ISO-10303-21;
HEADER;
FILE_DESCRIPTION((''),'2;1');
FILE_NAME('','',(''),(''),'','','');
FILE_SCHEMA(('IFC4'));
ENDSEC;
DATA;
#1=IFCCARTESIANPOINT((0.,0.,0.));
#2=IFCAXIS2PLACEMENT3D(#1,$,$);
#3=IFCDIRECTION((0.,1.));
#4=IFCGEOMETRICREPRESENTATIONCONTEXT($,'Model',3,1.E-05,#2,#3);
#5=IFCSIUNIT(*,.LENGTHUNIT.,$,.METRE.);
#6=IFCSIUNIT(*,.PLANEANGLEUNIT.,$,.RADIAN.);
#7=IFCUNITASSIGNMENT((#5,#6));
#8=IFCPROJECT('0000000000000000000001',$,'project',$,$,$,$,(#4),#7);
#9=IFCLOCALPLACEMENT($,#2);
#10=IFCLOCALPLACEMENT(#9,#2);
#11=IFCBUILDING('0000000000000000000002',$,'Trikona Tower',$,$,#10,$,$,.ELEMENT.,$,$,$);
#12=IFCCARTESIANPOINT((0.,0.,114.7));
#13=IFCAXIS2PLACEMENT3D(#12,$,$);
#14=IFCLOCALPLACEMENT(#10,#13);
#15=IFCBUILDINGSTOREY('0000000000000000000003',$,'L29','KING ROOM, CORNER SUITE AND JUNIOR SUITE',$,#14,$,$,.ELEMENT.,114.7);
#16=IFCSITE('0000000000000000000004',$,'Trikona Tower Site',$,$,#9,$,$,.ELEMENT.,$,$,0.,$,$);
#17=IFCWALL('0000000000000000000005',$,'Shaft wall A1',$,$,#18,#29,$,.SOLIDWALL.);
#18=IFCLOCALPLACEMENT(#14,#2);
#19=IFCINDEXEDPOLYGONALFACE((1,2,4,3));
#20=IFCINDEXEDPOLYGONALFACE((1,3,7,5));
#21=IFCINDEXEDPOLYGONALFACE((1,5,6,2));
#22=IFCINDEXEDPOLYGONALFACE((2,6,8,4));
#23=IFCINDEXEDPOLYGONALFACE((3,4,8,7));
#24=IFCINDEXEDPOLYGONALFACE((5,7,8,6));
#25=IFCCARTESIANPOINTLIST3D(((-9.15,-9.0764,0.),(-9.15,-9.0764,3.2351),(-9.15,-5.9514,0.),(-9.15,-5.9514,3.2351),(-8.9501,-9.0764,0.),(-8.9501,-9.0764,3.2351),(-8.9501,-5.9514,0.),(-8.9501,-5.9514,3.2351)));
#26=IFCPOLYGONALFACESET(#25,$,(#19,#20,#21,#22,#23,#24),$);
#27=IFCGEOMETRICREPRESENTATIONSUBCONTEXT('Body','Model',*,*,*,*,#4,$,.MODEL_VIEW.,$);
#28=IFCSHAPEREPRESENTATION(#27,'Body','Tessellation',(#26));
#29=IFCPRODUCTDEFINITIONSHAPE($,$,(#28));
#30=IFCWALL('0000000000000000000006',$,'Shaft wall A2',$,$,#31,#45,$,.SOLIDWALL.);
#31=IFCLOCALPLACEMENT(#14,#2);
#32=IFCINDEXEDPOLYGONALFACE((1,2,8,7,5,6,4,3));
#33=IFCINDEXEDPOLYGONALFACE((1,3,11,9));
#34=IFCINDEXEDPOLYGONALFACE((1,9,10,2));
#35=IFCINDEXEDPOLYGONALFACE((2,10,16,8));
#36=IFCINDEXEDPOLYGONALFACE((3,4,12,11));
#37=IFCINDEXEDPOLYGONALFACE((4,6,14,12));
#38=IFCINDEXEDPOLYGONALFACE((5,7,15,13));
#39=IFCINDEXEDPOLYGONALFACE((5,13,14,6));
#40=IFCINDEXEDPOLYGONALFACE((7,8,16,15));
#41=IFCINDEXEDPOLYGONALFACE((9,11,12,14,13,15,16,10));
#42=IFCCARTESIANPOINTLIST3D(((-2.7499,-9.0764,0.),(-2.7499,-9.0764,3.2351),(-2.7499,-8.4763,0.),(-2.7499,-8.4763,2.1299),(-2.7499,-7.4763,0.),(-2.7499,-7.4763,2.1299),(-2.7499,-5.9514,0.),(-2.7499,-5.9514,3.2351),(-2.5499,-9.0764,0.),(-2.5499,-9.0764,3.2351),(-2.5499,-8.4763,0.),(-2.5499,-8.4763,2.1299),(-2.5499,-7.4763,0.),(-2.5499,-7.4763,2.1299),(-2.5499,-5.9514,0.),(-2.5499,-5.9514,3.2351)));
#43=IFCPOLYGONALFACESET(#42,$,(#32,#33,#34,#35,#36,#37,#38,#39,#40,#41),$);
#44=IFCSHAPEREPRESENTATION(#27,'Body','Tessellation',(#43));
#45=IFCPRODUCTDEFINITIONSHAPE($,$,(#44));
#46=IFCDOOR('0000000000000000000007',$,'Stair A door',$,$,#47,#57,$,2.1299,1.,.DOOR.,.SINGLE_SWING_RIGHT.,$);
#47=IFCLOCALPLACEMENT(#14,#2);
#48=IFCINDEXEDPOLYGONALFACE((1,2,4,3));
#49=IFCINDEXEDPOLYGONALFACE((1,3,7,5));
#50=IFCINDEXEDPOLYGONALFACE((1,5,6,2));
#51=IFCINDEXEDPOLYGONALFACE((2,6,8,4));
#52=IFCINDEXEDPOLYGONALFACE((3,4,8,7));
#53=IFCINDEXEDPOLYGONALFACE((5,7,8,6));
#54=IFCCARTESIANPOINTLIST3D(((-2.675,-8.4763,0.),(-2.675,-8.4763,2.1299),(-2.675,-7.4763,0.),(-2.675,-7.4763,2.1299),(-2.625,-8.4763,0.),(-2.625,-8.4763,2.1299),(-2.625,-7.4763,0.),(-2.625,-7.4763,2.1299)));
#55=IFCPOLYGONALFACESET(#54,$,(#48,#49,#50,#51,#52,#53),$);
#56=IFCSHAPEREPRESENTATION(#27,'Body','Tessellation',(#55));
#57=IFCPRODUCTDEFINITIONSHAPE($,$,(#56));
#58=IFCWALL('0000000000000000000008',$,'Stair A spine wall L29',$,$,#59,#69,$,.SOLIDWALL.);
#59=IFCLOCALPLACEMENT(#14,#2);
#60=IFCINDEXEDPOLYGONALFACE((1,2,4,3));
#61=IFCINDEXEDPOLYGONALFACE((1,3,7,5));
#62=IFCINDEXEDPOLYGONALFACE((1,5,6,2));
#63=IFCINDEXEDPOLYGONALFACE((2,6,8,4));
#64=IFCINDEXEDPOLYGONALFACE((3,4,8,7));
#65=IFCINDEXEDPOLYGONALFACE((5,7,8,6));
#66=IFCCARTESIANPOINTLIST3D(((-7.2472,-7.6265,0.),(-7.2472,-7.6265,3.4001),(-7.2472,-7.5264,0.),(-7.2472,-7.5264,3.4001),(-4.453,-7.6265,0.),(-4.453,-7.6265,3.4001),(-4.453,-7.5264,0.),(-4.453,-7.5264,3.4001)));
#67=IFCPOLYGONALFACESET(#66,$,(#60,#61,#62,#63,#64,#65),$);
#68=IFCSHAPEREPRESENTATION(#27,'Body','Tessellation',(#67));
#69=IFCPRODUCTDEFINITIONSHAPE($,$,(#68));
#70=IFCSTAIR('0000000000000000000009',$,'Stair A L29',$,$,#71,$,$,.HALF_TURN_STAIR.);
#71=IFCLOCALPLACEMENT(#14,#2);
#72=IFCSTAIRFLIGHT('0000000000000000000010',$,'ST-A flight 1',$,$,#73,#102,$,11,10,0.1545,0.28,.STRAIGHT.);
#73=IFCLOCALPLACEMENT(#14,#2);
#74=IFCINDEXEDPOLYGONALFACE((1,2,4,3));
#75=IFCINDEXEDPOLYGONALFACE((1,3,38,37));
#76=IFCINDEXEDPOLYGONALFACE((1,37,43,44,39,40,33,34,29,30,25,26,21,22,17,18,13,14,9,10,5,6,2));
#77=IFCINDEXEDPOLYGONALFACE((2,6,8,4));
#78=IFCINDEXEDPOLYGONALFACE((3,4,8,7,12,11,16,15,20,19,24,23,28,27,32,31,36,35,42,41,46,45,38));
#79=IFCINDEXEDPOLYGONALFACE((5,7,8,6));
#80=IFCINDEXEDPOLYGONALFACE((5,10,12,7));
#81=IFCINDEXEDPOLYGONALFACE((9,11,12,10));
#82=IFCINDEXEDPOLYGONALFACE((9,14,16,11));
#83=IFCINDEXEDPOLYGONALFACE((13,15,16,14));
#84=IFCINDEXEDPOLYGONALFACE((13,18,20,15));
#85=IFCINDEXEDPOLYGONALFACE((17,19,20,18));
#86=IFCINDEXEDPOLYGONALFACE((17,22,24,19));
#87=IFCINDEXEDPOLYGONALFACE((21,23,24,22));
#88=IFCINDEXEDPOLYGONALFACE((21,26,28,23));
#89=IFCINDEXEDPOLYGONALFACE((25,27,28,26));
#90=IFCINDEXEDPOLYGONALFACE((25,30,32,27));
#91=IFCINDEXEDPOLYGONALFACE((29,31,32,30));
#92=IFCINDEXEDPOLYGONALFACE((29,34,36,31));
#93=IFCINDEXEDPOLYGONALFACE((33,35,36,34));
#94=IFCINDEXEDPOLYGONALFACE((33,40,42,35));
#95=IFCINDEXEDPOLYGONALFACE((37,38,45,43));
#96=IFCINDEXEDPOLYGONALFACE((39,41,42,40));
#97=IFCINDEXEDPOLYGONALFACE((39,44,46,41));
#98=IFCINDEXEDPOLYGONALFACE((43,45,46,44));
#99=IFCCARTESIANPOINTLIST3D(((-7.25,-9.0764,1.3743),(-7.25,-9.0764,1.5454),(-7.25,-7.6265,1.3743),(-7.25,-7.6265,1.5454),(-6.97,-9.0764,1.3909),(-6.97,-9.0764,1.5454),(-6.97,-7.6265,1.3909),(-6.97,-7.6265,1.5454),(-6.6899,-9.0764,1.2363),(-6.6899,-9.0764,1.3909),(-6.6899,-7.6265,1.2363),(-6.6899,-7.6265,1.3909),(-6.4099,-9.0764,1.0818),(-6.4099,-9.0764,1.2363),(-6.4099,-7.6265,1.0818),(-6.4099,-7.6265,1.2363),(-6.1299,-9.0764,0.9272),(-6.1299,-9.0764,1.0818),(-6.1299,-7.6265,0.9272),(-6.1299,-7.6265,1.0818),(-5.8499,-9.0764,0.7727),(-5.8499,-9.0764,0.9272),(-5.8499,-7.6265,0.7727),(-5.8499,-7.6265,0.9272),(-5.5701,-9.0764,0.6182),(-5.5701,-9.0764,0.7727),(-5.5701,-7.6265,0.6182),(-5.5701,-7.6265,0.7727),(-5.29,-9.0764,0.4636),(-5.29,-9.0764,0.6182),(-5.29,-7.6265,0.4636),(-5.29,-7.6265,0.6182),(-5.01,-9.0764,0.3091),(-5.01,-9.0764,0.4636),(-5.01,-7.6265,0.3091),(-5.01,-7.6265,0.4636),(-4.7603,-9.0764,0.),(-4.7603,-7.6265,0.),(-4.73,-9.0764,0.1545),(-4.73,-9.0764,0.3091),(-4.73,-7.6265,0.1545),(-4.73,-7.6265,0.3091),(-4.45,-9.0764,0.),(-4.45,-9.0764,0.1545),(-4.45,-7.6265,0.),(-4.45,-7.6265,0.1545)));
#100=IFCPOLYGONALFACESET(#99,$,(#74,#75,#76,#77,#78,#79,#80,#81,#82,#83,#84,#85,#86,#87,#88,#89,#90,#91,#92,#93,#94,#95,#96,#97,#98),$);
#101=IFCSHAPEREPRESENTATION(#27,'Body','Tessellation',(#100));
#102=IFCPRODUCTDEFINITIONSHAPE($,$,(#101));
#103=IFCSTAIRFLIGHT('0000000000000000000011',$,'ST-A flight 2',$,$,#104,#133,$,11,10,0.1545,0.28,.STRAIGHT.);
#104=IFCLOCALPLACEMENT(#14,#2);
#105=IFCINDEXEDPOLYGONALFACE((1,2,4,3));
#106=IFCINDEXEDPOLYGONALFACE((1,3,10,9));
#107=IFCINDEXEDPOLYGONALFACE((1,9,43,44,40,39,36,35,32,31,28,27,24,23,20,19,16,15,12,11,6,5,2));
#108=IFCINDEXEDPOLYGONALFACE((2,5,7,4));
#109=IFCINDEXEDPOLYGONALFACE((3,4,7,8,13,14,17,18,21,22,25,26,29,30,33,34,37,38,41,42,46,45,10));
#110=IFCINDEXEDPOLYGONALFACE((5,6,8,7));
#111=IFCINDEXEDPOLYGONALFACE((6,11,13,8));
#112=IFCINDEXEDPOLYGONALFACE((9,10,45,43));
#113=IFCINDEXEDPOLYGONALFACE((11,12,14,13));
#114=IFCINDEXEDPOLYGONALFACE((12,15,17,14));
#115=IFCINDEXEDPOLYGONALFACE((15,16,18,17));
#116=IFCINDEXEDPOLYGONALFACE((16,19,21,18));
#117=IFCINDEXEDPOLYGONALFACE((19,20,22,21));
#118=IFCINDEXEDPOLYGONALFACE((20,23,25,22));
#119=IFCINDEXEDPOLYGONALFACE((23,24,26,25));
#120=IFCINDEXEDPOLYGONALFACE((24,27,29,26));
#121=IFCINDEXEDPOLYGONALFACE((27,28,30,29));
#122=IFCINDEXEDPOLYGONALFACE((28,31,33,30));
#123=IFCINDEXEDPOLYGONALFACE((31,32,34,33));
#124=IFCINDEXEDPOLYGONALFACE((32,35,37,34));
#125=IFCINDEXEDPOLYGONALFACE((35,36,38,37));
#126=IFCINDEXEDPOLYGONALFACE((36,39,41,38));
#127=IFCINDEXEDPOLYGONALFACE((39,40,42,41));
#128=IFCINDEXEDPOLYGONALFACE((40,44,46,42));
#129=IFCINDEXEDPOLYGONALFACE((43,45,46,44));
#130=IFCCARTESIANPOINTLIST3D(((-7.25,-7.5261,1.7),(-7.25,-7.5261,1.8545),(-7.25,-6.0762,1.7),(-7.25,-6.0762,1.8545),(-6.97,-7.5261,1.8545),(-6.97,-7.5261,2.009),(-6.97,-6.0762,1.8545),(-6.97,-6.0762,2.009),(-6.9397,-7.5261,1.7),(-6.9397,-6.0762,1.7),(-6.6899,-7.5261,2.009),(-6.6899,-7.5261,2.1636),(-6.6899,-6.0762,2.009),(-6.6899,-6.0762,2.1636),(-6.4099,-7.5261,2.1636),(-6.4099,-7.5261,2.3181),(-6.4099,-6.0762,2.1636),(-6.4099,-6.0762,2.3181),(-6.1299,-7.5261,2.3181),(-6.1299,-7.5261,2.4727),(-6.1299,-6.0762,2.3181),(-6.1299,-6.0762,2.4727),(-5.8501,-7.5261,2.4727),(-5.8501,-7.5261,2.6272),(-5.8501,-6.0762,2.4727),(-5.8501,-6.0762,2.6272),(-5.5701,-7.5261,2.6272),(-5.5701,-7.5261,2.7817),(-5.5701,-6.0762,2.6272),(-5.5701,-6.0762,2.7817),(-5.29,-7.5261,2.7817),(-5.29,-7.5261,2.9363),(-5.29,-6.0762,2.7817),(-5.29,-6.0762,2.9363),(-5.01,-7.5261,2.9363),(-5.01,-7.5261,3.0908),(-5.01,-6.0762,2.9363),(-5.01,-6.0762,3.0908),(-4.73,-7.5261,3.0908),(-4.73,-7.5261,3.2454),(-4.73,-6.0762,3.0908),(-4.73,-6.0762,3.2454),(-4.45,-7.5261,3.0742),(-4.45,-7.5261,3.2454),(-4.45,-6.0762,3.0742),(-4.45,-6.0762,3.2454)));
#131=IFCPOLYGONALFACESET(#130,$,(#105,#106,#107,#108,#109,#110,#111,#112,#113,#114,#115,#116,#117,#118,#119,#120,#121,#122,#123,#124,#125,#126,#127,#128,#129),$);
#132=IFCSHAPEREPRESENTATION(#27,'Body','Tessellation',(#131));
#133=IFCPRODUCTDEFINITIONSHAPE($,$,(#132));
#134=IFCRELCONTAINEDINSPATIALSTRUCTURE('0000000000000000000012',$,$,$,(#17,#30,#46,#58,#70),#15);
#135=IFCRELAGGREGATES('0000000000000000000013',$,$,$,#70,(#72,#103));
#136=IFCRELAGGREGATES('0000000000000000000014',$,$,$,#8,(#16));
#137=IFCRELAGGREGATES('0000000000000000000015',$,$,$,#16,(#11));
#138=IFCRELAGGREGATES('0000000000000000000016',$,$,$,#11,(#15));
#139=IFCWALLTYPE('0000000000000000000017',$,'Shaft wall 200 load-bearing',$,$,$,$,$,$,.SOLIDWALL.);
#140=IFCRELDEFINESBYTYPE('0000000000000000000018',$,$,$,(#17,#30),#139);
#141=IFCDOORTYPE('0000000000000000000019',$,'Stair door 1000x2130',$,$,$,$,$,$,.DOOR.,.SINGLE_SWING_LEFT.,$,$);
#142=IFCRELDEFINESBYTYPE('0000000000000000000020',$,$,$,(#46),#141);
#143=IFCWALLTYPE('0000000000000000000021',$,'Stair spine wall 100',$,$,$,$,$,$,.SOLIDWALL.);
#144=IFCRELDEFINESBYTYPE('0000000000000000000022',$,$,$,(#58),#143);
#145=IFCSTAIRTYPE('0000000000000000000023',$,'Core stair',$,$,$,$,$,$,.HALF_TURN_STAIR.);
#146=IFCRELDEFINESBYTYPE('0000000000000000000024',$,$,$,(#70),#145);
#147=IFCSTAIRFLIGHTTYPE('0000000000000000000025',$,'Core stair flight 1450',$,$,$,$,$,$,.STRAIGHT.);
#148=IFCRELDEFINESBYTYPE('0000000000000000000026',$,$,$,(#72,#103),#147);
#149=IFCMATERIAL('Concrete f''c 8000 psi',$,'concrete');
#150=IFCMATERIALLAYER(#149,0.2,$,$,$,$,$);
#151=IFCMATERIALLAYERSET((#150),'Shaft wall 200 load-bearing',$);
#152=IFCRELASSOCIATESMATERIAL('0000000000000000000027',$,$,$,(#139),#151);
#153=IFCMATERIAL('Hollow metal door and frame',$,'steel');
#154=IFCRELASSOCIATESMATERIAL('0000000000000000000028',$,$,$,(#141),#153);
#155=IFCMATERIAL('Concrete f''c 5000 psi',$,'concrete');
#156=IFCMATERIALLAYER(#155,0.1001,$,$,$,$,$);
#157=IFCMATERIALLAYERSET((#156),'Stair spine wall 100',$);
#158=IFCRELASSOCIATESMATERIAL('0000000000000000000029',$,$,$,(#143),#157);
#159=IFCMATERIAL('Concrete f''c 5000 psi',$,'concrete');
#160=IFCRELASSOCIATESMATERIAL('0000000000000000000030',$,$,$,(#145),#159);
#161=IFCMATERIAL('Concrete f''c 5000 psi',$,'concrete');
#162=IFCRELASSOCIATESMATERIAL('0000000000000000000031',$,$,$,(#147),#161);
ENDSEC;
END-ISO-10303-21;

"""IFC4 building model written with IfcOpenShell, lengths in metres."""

from ifc_helpers import new_model, si_unit, direction, frame, frame_2d, origin, place, context, subcontext, project, spatial, polyline, rectangle, outline, extrude, material, layer, layer_set, type_object, element, fill, aggregate, save


model = new_model("IFC4")

# Units and contexts
model_context = context("Model", 3, precision=1e-05, world=origin(), true_north=direction((0.0, 1.0)))
body_context = subcontext(model_context, "Body", "Model", "MODEL_VIEW")
ifc_project = project(units=[si_unit("LENGTHUNIT", "METRE"), si_unit("PLANEANGLEUNIT", "RADIAN")], contexts=[model_context])

# Site, building, storey
site_placement = place(None, origin())
site = spatial("IfcSite", under=ifc_project, at=site_placement, Name="Trikona Tower Site", CompositionType="ELEMENT", RefElevation=0.0)
building_placement = place(site_placement, origin())
building = spatial("IfcBuilding", under=site, at=building_placement, Name="Trikona Tower", CompositionType="ELEMENT")
storey_placement = place(building_placement, frame((0.0, 0.0, 114.7)))
storey = spatial("IfcBuildingStorey", under=building, at=storey_placement, Name="L29", Description="KING ROOM, CORNER SUITE AND JUNIOR SUITE", CompositionType="ELEMENT", Elevation=114.7)

# Wall
ifc_material_1 = material(Name="Concrete f'c 8000 psi", Category="concrete")
ifc_layer_1 = layer(ifc_material_1, 0.2)
ifc_layer_set_1 = layer_set([ifc_layer_1], Name="Shaft wall 200 load-bearing")
wall_type_1 = type_object("IfcWallType", Name="Shaft wall 200 load-bearing", PredefinedType="SOLIDWALL", material=ifc_layer_set_1)
wall_1_placement = place(storey_placement, frame((-9.05, -5.9514, 0.0), z_axis=(0.0, 0.0, 1.0), x_axis=(0.0, -1.0, 0.0)))
element("IfcWall", 1, at=wall_1_placement, inside=storey, type_object=wall_type_1, Name="Shaft wall A1", PredefinedType="SOLIDWALL", context=body_context, shape_type="SweptSolid", body=[
    extrude(rectangle(XDim=3.125, YDim=0.2, at=frame_2d((1.5625, 0.0))), origin(), (0.0, 0.0, 1.0), 3.2351),
])

# Wall, opening, door
wall_2_placement = place(storey_placement, frame((-2.6499, -5.9514, 0.0), z_axis=(0.0, 0.0, 1.0), x_axis=(0.0, -1.0, 0.0)))
wall_2 = element("IfcWall", 2, at=wall_2_placement, inside=storey, type_object=wall_type_1, Name="Shaft wall A2", PredefinedType="SOLIDWALL", context=body_context, shape_type="SweptSolid", body=[
    extrude(rectangle(XDim=3.125, YDim=0.2, at=frame_2d((1.5625, 0.0))), origin(), (0.0, 0.0, 1.0), 3.2351),
])
opening_1_placement = place(wall_2_placement, frame((1.5249, 0.0, 0.0)))
opening_1 = element("IfcOpeningElement", 3, at=opening_1_placement, cuts=wall_2, PredefinedType="OPENING", context=body_context, shape_type="SweptSolid", body=[
    extrude(rectangle(XDim=1.0, YDim=2.1299, at=frame_2d((0.5, 1.0649))), frame((0.0, 0.1099, 0.0), z_axis=(0.0, -1.0, 0.0), x_axis=(1.0, 0.0, 0.0)), (0.0, 0.0, 1.0), 0.22),
])
ifc_material_2 = material(Name="Hollow metal door and frame", Category="steel")
door_type_1 = type_object("IfcDoorType", Name="Stair door 1000x2130", OperationType="SINGLE_SWING_LEFT", PredefinedType="DOOR", material=ifc_material_2)
door_1_placement = place(opening_1_placement, origin())
door_1 = element("IfcDoor", 4, at=door_1_placement, inside=storey, type_object=door_type_1, Name="Stair A door", OperationType="SINGLE_SWING_RIGHT", OverallHeight=2.1299, OverallWidth=1.0, PredefinedType="DOOR", context=body_context, shape_type="SweptSolid", body=[
    extrude(rectangle(XDim=1.0, YDim=2.1299, at=frame_2d((0.5, 1.0649))), frame((0.0, 0.0249, 0.0), z_axis=(0.0, -1.0, 0.0), x_axis=(1.0, 0.0, 0.0)), (0.0, 0.0, 1.0), 0.05),
])
fill(opening_1, door_1)

# Wall
ifc_material_3 = material(Name="Concrete f'c 5000 psi", Category="concrete")
ifc_layer_2 = layer(ifc_material_3, 0.1001)
ifc_layer_set_2 = layer_set([ifc_layer_2], Name="Stair spine wall 100")
wall_type_2 = type_object("IfcWallType", Name="Stair spine wall 100", PredefinedType="SOLIDWALL", material=ifc_layer_set_2)
wall_3_placement = place(storey_placement, frame((-7.2471, -7.5764, 0.0), z_axis=(0.0, 0.0, 1.0), x_axis=(1.0, 0.0, 0.0)))
element("IfcWall", 5, at=wall_3_placement, inside=storey, type_object=wall_type_2, Name="Stair A spine wall L29", PredefinedType="SOLIDWALL", context=body_context, shape_type="SweptSolid", body=[
    extrude(rectangle(XDim=2.7942, YDim=0.1001, at=frame_2d((1.397, 0.0))), origin(), (0.0, 0.0, 1.0), 3.4001),
])

# Stair, stair flights
ifc_material_4 = material(Name="Concrete f'c 5000 psi", Category="concrete")
stair_type = type_object("IfcStairType", Name="Core stair", PredefinedType="HALF_TURN_STAIR", material=ifc_material_4)
stair_placement = place(storey_placement, origin())
stair = element("IfcStair", 6, at=stair_placement, inside=storey, type_object=stair_type, Name="Stair A L29", PredefinedType="HALF_TURN_STAIR")
ifc_material_5 = material(Name="Concrete f'c 5000 psi", Category="concrete")
stair_flight_type = type_object("IfcStairFlightType", Name="Core stair flight 1450", PredefinedType="STRAIGHT", material=ifc_material_5)
stair_flight_1_placement = place(storey_placement, frame((-4.45, -8.3513, 0.0), z_axis=(0.0, 0.0, 1.0), x_axis=(-1.0, 0.0, 0.0)))
stair_flight_1 = element("IfcStairFlight", 7, at=stair_flight_1_placement, type_object=stair_flight_type, Name="ST-A flight 1", NumberOfRisers=11, NumberOfTreads=10, PredefinedType="STRAIGHT", RiserHeight=0.1545, TreadLength=0.28, context=body_context, shape_type="SweptSolid", body=[
    extrude(outline(polyline([(0.0, 0.0), (0.0, 0.1545), (0.28, 0.1545), (0.28, 0.3091), (0.5601, 0.3091), (0.5601, 0.4636), (0.8401, 0.4636), (0.8401, 0.6182), (1.1201, 0.6182), (1.1201, 0.7727), (1.3999, 0.7727), (1.3999, 0.9272), (1.6799, 0.9272), (1.6799, 1.0818), (1.96, 1.0818), (1.96, 1.2363), (2.24, 1.2363), (2.24, 1.3909), (2.52, 1.3909), (2.52, 1.5454), (2.8, 1.5454), (2.8, 1.7), (2.8, 1.3743), (0.3103, 0.0), (0.0, 0.0)])), frame((0.0, 0.7251, 0.0), z_axis=(0.0, -1.0, 0.0), x_axis=(1.0, 0.0, 0.0)), (0.0, 0.0, 1.0), 1.45),
])
stair_flight_2_placement = place(storey_placement, frame((-7.25, -6.8013, 1.7), z_axis=(0.0, 0.0, 1.0), x_axis=(1.0, 0.0, 0.0)))
stair_flight_2 = element("IfcStairFlight", 8, at=stair_flight_2_placement, type_object=stair_flight_type, Name="ST-A flight 2", NumberOfRisers=11, NumberOfTreads=10, PredefinedType="STRAIGHT", RiserHeight=0.1545, TreadLength=0.28, context=body_context, shape_type="SweptSolid", body=[
    extrude(outline(polyline([(0.0, 0.0), (0.0, 0.1545), (0.28, 0.1545), (0.28, 0.3091), (0.5601, 0.3091), (0.5601, 0.4636), (0.8401, 0.4636), (0.8401, 0.6182), (1.1201, 0.6182), (1.1201, 0.7727), (1.3999, 0.7727), (1.3999, 0.9272), (1.6799, 0.9272), (1.6799, 1.0818), (1.96, 1.0818), (1.96, 1.2363), (2.24, 1.2363), (2.24, 1.3909), (2.52, 1.3909), (2.52, 1.5454), (2.8, 1.5454), (2.8, 1.7), (2.8, 1.3743), (0.3103, 0.0), (0.0, 0.0)])), frame((0.0, 0.7251, 0.0), z_axis=(0.0, -1.0, 0.0), x_axis=(1.0, 0.0, 0.0)), (0.0, 0.0, 1.0), 1.45),
])
aggregate(stair, [stair_flight_1, stair_flight_2])

save(model, "model.ifc")
